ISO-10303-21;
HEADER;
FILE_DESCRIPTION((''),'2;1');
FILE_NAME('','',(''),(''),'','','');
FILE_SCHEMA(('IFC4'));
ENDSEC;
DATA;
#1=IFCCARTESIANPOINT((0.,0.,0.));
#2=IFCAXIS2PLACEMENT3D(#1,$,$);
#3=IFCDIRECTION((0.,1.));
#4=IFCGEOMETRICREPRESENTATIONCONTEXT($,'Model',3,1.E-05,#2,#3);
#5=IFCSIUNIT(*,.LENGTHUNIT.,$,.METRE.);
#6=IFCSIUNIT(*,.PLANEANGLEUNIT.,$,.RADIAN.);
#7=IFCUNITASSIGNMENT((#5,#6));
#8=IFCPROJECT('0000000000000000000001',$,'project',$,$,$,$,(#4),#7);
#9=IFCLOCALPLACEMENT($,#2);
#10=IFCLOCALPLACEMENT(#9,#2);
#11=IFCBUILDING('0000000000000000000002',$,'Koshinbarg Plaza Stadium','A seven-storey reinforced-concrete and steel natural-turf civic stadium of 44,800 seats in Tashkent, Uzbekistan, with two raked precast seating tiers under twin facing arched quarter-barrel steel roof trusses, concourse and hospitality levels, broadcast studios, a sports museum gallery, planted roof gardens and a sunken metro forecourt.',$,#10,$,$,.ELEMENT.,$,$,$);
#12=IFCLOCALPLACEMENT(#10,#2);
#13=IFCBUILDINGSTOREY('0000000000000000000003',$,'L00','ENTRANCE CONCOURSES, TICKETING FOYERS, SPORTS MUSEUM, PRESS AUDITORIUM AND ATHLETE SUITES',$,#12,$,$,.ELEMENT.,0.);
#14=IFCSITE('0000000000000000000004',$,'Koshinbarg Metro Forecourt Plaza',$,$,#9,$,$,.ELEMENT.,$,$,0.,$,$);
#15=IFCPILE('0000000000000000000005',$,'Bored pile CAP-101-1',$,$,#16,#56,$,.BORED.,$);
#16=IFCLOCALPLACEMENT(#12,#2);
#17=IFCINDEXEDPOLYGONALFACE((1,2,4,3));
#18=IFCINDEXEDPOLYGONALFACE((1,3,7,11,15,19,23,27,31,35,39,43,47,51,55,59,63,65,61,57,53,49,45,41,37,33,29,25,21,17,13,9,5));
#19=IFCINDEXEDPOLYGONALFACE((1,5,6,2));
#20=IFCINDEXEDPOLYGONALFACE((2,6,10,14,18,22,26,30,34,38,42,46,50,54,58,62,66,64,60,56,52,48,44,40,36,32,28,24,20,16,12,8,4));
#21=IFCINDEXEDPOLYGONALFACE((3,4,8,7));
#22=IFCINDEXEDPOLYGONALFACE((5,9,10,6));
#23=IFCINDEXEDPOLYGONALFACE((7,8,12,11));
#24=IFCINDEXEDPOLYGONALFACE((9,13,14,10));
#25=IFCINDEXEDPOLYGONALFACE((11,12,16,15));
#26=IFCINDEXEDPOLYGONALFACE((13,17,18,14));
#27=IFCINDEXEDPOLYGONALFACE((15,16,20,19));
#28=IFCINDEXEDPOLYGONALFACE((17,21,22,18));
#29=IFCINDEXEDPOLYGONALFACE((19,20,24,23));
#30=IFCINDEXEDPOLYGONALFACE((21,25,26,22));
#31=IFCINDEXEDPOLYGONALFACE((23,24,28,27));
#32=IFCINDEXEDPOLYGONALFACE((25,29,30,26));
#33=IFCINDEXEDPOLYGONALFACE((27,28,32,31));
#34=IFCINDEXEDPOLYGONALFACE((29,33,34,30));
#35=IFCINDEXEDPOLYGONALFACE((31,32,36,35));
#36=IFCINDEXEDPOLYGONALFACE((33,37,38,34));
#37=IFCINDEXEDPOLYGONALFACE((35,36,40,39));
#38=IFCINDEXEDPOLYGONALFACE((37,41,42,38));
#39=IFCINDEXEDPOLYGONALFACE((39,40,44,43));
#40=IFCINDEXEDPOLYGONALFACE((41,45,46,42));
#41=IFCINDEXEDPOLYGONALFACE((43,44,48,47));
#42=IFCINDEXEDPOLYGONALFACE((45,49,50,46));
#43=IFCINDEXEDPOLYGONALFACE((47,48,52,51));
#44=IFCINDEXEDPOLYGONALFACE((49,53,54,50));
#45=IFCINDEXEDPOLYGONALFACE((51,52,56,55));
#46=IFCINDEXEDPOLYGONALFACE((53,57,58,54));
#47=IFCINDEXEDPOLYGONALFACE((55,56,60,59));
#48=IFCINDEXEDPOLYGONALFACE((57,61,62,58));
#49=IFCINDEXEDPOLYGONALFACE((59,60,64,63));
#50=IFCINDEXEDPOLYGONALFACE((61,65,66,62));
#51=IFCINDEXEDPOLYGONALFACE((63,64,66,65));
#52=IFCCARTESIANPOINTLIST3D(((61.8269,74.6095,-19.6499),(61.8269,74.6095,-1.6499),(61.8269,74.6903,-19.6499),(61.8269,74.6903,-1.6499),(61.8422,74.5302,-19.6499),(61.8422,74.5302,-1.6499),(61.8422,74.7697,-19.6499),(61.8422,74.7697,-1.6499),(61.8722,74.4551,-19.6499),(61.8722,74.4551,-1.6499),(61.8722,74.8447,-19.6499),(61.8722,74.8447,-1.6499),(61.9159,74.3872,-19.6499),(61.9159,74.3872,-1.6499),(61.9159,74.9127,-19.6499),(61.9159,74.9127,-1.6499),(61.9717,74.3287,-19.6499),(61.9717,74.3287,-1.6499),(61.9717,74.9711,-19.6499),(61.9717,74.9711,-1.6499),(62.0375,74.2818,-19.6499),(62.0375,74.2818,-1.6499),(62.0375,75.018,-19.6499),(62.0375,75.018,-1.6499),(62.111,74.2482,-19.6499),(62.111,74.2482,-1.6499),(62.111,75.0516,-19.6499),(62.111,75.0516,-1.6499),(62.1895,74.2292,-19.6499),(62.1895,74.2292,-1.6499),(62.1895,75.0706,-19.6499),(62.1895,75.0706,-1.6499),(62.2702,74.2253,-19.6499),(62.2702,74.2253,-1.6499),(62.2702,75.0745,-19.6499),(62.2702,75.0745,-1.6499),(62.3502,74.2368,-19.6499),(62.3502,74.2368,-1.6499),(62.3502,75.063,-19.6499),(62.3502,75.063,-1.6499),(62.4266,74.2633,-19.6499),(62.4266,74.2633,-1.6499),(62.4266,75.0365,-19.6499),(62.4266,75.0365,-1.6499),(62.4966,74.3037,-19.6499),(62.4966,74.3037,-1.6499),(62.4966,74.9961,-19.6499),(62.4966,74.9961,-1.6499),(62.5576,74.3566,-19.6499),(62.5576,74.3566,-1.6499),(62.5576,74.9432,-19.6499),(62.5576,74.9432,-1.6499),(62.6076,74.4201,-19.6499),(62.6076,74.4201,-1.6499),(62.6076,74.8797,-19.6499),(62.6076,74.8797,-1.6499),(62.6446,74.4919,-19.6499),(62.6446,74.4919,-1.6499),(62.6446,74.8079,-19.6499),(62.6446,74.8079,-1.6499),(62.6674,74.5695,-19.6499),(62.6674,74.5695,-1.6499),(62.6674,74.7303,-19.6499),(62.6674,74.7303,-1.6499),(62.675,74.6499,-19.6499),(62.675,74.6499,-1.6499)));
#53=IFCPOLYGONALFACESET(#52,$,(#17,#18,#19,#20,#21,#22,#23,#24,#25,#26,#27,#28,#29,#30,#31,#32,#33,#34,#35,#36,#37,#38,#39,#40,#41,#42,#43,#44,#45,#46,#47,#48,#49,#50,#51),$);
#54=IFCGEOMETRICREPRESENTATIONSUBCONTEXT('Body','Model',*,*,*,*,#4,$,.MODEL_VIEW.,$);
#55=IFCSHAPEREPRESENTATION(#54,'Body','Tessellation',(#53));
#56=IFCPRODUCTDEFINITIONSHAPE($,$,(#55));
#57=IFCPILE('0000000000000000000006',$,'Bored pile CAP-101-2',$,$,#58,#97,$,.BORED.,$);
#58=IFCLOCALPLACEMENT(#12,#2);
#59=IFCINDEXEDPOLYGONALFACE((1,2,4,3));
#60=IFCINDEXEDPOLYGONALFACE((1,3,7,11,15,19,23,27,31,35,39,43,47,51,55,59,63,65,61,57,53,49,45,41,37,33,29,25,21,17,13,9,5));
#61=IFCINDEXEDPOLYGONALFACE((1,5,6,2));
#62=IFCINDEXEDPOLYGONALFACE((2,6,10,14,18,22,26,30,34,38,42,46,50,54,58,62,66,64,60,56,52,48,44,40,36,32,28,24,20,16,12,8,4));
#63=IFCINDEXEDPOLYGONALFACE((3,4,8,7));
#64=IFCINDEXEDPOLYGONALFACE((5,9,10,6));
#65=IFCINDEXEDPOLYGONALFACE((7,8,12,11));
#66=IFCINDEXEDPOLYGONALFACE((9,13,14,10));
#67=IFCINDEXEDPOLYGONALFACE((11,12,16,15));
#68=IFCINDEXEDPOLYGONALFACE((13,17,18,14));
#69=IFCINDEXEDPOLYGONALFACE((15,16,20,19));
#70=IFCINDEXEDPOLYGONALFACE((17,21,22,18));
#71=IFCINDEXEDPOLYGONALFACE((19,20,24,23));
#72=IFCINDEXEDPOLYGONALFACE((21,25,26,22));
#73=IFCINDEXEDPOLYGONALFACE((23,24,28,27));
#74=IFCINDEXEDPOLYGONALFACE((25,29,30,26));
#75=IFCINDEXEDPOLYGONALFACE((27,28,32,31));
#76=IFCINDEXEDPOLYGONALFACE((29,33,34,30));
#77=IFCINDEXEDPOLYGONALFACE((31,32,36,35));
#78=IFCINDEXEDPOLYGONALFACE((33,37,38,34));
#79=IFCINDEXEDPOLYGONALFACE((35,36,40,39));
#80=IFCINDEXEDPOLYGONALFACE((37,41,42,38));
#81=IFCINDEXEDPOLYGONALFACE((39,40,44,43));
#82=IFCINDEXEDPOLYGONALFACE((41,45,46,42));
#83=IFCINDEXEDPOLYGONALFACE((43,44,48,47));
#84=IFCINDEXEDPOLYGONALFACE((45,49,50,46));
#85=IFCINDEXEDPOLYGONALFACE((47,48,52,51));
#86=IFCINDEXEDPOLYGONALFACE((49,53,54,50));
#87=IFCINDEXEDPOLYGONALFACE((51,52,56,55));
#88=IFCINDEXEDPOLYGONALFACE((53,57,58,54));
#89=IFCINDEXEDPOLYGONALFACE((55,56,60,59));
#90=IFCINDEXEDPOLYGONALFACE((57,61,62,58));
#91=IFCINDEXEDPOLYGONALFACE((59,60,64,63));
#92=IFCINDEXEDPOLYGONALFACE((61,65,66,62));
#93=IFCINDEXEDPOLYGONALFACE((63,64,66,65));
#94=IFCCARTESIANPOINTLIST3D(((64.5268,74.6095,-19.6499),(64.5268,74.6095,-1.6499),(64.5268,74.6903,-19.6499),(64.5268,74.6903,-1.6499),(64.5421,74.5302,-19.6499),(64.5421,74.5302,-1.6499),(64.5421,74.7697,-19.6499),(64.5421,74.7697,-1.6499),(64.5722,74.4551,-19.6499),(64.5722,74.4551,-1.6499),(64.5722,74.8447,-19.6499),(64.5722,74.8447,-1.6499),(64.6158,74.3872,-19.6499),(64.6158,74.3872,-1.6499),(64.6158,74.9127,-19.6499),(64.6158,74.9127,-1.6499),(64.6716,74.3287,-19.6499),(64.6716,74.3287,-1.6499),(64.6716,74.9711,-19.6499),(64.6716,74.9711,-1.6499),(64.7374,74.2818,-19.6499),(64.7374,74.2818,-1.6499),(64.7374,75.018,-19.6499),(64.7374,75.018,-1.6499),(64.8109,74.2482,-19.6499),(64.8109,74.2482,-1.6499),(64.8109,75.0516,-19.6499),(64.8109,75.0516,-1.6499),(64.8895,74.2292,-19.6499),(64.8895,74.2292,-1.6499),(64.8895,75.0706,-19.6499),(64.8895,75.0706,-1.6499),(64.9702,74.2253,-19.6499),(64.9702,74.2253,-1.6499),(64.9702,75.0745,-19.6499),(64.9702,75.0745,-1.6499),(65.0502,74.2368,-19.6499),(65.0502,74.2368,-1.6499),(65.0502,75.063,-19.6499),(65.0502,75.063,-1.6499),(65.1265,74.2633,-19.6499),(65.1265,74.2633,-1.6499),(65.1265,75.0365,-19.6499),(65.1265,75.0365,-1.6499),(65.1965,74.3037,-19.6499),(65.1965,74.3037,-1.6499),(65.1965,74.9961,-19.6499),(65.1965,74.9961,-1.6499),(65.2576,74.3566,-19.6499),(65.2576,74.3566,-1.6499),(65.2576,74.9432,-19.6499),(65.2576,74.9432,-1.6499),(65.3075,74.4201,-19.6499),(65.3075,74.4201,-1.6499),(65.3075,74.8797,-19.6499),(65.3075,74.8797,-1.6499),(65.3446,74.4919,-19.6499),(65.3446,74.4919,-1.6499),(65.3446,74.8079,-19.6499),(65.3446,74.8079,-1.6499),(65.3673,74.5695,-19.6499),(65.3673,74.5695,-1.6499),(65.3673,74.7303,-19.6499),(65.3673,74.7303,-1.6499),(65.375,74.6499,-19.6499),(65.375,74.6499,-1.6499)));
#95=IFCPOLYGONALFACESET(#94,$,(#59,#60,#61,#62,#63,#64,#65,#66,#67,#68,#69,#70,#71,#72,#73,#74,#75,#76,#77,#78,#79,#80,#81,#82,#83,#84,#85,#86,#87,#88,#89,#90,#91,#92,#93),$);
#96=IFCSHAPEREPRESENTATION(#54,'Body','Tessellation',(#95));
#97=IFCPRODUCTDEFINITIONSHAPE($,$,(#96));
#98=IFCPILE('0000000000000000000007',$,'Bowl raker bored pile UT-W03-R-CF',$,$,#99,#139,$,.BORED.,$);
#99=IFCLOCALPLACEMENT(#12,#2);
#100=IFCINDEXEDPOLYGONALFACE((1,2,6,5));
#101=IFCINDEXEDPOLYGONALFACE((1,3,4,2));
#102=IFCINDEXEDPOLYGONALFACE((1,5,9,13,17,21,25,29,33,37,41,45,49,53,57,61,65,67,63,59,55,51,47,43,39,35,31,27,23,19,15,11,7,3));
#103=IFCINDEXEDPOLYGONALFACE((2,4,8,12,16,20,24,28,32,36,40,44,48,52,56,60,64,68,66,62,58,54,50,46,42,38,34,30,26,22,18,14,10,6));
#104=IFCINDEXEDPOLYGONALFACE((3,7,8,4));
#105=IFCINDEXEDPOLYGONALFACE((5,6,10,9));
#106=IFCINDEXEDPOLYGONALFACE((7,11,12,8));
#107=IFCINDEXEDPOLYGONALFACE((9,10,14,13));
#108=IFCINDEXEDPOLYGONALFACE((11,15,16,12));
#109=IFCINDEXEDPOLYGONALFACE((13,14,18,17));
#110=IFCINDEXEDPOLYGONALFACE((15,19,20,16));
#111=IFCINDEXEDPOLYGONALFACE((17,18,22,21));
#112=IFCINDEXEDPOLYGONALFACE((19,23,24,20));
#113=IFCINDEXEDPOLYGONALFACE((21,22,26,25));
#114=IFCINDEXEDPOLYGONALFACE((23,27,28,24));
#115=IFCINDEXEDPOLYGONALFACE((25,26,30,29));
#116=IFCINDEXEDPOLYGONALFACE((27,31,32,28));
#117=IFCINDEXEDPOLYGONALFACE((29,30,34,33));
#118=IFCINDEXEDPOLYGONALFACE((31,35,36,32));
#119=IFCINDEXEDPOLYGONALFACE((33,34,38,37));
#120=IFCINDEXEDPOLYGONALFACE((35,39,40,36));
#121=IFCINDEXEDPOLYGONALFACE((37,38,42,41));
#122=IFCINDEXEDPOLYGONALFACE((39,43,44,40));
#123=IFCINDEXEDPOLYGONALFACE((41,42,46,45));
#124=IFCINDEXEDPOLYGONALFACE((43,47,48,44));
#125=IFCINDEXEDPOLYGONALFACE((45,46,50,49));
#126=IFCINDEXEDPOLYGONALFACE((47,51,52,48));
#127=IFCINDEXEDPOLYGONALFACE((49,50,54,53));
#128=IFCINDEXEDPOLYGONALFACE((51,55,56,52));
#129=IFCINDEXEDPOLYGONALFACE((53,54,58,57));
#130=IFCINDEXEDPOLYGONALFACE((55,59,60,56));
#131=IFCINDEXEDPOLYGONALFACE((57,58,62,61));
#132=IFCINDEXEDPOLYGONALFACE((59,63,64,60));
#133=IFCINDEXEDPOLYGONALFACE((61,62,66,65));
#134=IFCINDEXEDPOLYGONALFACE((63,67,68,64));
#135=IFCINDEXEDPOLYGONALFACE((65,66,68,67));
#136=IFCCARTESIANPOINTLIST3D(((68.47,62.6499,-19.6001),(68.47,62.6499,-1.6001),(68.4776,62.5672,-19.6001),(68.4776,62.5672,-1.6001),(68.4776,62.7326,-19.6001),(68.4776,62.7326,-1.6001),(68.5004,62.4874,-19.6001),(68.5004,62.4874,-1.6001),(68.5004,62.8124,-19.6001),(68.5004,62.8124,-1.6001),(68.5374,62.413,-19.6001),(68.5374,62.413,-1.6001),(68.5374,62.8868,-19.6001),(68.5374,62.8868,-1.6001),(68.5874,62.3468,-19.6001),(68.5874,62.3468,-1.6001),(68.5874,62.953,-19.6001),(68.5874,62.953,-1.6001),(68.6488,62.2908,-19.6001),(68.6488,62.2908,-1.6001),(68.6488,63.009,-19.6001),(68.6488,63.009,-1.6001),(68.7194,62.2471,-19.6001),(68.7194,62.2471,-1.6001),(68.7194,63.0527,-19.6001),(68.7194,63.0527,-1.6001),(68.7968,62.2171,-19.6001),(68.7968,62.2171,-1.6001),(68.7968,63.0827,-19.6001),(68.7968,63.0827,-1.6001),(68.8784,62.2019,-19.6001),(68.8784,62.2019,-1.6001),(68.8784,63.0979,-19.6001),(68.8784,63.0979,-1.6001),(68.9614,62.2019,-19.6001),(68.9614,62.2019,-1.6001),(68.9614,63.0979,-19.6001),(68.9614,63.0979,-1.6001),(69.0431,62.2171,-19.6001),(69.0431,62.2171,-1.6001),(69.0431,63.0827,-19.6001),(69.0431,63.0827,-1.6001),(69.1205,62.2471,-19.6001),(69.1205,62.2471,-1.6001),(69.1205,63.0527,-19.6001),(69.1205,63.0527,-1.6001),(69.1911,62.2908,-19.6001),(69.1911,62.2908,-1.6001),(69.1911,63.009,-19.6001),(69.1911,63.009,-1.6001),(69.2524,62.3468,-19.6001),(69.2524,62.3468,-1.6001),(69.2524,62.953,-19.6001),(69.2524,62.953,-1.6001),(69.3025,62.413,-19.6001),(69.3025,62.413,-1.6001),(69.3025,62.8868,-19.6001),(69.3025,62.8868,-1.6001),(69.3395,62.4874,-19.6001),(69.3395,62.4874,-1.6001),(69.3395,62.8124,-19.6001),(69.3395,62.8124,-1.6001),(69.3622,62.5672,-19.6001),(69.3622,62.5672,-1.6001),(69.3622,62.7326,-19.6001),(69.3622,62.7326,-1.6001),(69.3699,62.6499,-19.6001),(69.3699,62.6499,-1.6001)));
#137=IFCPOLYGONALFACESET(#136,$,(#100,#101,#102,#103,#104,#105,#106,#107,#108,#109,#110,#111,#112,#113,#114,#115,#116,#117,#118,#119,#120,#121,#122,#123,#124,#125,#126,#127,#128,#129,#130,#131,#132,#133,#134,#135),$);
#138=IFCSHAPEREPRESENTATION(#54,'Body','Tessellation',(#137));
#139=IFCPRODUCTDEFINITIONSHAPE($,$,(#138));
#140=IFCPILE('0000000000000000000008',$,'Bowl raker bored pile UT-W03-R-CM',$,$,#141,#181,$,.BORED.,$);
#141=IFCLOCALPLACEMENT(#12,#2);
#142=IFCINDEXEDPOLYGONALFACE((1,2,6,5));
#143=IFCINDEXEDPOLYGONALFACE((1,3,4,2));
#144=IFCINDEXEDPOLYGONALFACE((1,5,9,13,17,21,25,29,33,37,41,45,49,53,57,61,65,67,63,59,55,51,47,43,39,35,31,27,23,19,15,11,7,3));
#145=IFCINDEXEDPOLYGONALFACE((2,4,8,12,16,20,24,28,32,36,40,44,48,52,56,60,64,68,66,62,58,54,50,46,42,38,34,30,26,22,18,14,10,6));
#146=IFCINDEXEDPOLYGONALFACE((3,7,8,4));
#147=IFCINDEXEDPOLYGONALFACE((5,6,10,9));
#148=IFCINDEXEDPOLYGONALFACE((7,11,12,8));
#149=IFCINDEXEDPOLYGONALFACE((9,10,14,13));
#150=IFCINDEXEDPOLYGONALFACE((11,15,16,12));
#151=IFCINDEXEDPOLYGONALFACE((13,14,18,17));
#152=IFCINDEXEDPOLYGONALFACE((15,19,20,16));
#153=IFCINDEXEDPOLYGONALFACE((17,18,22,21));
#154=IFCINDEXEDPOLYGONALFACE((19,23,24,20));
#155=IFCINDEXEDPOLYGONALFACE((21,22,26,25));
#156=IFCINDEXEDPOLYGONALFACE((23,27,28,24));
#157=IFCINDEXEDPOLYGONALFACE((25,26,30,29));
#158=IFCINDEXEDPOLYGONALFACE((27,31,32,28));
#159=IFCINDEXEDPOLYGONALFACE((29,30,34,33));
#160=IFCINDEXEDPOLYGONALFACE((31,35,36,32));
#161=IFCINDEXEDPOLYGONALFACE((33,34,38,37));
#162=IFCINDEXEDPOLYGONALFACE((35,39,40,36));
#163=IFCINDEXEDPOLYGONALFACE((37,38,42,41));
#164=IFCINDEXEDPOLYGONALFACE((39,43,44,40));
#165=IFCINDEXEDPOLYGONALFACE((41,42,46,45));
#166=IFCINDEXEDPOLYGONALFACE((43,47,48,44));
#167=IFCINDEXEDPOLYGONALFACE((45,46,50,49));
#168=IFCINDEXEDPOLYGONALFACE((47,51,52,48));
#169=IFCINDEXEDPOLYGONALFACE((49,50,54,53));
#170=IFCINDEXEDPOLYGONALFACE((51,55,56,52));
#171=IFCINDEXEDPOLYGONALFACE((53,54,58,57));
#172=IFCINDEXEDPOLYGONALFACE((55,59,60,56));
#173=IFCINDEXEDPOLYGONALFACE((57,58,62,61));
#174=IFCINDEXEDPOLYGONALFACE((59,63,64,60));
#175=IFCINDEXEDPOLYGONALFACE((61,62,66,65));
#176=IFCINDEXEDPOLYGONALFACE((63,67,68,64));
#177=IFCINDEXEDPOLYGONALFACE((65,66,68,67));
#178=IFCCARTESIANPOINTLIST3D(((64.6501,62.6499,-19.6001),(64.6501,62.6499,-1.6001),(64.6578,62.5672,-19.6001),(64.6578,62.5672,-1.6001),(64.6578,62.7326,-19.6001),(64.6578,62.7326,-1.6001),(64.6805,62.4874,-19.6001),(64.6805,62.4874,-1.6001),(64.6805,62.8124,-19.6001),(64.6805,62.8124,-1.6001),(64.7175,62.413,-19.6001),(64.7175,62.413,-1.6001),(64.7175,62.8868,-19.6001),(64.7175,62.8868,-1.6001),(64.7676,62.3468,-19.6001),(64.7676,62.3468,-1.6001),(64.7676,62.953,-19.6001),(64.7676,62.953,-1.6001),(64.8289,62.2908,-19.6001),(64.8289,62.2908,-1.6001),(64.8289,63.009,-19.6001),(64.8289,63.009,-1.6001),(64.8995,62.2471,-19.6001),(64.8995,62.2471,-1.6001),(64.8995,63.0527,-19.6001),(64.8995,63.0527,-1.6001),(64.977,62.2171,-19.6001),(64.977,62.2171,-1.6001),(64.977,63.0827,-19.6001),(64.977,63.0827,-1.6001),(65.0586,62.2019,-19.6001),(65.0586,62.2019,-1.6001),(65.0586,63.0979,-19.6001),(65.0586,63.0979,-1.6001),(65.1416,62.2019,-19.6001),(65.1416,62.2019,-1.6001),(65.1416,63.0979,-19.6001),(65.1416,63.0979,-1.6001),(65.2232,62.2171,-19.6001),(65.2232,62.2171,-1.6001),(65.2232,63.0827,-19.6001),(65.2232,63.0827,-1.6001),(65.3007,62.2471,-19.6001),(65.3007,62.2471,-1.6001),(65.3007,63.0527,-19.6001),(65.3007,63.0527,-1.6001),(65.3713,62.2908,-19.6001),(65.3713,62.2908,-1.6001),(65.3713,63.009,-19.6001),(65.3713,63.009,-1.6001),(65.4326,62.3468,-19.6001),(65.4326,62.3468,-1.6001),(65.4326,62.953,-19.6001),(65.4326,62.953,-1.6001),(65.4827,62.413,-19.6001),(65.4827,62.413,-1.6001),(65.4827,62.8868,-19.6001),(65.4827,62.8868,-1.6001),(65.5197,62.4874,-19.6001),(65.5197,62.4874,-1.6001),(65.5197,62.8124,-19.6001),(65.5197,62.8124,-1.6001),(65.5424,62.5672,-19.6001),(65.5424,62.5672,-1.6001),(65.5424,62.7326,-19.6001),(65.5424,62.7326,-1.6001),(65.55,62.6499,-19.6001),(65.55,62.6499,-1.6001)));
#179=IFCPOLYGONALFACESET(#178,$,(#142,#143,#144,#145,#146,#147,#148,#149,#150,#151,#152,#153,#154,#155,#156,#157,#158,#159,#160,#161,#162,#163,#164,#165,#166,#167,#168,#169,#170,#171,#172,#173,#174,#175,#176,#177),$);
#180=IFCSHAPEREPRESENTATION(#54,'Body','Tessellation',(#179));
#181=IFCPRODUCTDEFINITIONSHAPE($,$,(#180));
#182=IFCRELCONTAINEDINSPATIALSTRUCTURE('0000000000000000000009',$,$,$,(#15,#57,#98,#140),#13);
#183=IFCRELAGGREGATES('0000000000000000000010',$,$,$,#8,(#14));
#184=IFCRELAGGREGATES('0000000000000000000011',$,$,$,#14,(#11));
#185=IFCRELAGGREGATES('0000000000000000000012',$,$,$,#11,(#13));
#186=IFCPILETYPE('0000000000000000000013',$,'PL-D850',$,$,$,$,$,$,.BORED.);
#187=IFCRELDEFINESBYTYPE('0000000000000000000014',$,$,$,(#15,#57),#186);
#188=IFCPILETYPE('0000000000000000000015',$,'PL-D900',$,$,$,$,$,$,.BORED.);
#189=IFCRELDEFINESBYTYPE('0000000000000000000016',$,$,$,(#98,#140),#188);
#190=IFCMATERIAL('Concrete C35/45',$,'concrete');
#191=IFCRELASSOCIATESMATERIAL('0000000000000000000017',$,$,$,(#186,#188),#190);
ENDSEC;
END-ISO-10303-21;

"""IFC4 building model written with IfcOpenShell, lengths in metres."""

from ifc_helpers import new_model, si_unit, direction, frame, origin, origin_2d, place, context, subcontext, project, spatial, circle, extrude, material, material_profile, profile_set, type_object, element, save


model = new_model("IFC4")

# Units and contexts
model_context = context("Model", 3, precision=1e-05, world=origin(), true_north=direction((0.0, 1.0)))
body_context = subcontext(model_context, "Body", "Model", "MODEL_VIEW")
ifc_project = project(units=[si_unit("LENGTHUNIT", "METRE"), si_unit("PLANEANGLEUNIT", "RADIAN")], contexts=[model_context])

# Site, building, storey
site_placement = place(None, origin())
site = spatial("IfcSite", under=ifc_project, at=site_placement, Name="Koshinbarg Metro Forecourt Plaza", CompositionType="ELEMENT", RefElevation=0.0)
building_placement = place(site_placement, origin())
building = spatial("IfcBuilding", under=site, at=building_placement, Name="Koshinbarg Plaza Stadium", Description="A seven-storey reinforced-concrete and steel natural-turf civic stadium of 44,800 seats in Tashkent, Uzbekistan, with two raked precast seating tiers under twin facing arched quarter-barrel steel roof trusses, concourse and hospitality levels, broadcast studios, a sports museum gallery, planted roof gardens and a sunken metro forecourt.", CompositionType="ELEMENT")
storey_placement = place(building_placement, origin())
storey = spatial("IfcBuildingStorey", under=building, at=storey_placement, Name="L00", Description="ENTRANCE CONCOURSES, TICKETING FOYERS, SPORTS MUSEUM, PRESS AUDITORIUM AND ATHLETE SUITES", CompositionType="ELEMENT", Elevation=0.0)

# Shared definitions
ifc_material_1 = material(Name="Concrete C35/45", Category="concrete")

# Piles
ifc_material_profile_1 = material_profile(ifc_material_1, circle(Radius=0.425, at=origin_2d()), Name="PILE D850")
ifc_profile_set_1 = profile_set([ifc_material_profile_1], Name="Concrete C35/45")
pile_type_1 = type_object("IfcPileType", Name="PL-D850", PredefinedType="BORED", material=ifc_profile_set_1)
for number, where, z_axis, x_axis, name in (
    (1, (62.25, 74.6499, -1.6499), (0.0, 0.0, -1.0), (1.0, 0.0, 0.0), "Bored pile CAP-101-1"),
    (2, (64.95, 74.6499, -1.6499), (0.0, 0.0, -1.0), (1.0, 0.0, 0.0), "Bored pile CAP-101-2"),
):
    element("IfcPile", number, at=place(storey_placement, frame(where, z_axis=z_axis, x_axis=x_axis)), inside=storey, type_object=pile_type_1, Name=name, PredefinedType="BORED", context=body_context, shape_type="SweptSolid", body=[
        extrude(circle(Radius=0.425, at=origin_2d()), origin(), (0.0, 0.0, 1.0), 18.0),
    ])
ifc_material_profile_2 = material_profile(ifc_material_1, circle(Radius=0.45, at=origin_2d()), Name="PILE D900")
ifc_profile_set_2 = profile_set([ifc_material_profile_2], Name="Concrete C35/45")
pile_type_2 = type_object("IfcPileType", Name="PL-D900", PredefinedType="BORED", material=ifc_profile_set_2)
for number, where, z_axis, x_axis, name in (
    (3, (68.9199, 62.6499, -1.6001), (0.0, 0.0, -1.0), (1.0, 0.0, 0.0), "Bowl raker bored pile UT-W03-R-CF"),
    (4, (65.1001, 62.6499, -1.6001), (0.0, 0.0, -1.0), (1.0, 0.0, 0.0), "Bowl raker bored pile UT-W03-R-CM"),
):
    element("IfcPile", number, at=place(storey_placement, frame(where, z_axis=z_axis, x_axis=x_axis)), inside=storey, type_object=pile_type_2, Name=name, PredefinedType="BORED", context=body_context, shape_type="SweptSolid", body=[
        extrude(circle(Radius=0.45, at=origin_2d()), origin(), (0.0, 0.0, 1.0), 18.0),
    ])

save(model, "model.ifc")
